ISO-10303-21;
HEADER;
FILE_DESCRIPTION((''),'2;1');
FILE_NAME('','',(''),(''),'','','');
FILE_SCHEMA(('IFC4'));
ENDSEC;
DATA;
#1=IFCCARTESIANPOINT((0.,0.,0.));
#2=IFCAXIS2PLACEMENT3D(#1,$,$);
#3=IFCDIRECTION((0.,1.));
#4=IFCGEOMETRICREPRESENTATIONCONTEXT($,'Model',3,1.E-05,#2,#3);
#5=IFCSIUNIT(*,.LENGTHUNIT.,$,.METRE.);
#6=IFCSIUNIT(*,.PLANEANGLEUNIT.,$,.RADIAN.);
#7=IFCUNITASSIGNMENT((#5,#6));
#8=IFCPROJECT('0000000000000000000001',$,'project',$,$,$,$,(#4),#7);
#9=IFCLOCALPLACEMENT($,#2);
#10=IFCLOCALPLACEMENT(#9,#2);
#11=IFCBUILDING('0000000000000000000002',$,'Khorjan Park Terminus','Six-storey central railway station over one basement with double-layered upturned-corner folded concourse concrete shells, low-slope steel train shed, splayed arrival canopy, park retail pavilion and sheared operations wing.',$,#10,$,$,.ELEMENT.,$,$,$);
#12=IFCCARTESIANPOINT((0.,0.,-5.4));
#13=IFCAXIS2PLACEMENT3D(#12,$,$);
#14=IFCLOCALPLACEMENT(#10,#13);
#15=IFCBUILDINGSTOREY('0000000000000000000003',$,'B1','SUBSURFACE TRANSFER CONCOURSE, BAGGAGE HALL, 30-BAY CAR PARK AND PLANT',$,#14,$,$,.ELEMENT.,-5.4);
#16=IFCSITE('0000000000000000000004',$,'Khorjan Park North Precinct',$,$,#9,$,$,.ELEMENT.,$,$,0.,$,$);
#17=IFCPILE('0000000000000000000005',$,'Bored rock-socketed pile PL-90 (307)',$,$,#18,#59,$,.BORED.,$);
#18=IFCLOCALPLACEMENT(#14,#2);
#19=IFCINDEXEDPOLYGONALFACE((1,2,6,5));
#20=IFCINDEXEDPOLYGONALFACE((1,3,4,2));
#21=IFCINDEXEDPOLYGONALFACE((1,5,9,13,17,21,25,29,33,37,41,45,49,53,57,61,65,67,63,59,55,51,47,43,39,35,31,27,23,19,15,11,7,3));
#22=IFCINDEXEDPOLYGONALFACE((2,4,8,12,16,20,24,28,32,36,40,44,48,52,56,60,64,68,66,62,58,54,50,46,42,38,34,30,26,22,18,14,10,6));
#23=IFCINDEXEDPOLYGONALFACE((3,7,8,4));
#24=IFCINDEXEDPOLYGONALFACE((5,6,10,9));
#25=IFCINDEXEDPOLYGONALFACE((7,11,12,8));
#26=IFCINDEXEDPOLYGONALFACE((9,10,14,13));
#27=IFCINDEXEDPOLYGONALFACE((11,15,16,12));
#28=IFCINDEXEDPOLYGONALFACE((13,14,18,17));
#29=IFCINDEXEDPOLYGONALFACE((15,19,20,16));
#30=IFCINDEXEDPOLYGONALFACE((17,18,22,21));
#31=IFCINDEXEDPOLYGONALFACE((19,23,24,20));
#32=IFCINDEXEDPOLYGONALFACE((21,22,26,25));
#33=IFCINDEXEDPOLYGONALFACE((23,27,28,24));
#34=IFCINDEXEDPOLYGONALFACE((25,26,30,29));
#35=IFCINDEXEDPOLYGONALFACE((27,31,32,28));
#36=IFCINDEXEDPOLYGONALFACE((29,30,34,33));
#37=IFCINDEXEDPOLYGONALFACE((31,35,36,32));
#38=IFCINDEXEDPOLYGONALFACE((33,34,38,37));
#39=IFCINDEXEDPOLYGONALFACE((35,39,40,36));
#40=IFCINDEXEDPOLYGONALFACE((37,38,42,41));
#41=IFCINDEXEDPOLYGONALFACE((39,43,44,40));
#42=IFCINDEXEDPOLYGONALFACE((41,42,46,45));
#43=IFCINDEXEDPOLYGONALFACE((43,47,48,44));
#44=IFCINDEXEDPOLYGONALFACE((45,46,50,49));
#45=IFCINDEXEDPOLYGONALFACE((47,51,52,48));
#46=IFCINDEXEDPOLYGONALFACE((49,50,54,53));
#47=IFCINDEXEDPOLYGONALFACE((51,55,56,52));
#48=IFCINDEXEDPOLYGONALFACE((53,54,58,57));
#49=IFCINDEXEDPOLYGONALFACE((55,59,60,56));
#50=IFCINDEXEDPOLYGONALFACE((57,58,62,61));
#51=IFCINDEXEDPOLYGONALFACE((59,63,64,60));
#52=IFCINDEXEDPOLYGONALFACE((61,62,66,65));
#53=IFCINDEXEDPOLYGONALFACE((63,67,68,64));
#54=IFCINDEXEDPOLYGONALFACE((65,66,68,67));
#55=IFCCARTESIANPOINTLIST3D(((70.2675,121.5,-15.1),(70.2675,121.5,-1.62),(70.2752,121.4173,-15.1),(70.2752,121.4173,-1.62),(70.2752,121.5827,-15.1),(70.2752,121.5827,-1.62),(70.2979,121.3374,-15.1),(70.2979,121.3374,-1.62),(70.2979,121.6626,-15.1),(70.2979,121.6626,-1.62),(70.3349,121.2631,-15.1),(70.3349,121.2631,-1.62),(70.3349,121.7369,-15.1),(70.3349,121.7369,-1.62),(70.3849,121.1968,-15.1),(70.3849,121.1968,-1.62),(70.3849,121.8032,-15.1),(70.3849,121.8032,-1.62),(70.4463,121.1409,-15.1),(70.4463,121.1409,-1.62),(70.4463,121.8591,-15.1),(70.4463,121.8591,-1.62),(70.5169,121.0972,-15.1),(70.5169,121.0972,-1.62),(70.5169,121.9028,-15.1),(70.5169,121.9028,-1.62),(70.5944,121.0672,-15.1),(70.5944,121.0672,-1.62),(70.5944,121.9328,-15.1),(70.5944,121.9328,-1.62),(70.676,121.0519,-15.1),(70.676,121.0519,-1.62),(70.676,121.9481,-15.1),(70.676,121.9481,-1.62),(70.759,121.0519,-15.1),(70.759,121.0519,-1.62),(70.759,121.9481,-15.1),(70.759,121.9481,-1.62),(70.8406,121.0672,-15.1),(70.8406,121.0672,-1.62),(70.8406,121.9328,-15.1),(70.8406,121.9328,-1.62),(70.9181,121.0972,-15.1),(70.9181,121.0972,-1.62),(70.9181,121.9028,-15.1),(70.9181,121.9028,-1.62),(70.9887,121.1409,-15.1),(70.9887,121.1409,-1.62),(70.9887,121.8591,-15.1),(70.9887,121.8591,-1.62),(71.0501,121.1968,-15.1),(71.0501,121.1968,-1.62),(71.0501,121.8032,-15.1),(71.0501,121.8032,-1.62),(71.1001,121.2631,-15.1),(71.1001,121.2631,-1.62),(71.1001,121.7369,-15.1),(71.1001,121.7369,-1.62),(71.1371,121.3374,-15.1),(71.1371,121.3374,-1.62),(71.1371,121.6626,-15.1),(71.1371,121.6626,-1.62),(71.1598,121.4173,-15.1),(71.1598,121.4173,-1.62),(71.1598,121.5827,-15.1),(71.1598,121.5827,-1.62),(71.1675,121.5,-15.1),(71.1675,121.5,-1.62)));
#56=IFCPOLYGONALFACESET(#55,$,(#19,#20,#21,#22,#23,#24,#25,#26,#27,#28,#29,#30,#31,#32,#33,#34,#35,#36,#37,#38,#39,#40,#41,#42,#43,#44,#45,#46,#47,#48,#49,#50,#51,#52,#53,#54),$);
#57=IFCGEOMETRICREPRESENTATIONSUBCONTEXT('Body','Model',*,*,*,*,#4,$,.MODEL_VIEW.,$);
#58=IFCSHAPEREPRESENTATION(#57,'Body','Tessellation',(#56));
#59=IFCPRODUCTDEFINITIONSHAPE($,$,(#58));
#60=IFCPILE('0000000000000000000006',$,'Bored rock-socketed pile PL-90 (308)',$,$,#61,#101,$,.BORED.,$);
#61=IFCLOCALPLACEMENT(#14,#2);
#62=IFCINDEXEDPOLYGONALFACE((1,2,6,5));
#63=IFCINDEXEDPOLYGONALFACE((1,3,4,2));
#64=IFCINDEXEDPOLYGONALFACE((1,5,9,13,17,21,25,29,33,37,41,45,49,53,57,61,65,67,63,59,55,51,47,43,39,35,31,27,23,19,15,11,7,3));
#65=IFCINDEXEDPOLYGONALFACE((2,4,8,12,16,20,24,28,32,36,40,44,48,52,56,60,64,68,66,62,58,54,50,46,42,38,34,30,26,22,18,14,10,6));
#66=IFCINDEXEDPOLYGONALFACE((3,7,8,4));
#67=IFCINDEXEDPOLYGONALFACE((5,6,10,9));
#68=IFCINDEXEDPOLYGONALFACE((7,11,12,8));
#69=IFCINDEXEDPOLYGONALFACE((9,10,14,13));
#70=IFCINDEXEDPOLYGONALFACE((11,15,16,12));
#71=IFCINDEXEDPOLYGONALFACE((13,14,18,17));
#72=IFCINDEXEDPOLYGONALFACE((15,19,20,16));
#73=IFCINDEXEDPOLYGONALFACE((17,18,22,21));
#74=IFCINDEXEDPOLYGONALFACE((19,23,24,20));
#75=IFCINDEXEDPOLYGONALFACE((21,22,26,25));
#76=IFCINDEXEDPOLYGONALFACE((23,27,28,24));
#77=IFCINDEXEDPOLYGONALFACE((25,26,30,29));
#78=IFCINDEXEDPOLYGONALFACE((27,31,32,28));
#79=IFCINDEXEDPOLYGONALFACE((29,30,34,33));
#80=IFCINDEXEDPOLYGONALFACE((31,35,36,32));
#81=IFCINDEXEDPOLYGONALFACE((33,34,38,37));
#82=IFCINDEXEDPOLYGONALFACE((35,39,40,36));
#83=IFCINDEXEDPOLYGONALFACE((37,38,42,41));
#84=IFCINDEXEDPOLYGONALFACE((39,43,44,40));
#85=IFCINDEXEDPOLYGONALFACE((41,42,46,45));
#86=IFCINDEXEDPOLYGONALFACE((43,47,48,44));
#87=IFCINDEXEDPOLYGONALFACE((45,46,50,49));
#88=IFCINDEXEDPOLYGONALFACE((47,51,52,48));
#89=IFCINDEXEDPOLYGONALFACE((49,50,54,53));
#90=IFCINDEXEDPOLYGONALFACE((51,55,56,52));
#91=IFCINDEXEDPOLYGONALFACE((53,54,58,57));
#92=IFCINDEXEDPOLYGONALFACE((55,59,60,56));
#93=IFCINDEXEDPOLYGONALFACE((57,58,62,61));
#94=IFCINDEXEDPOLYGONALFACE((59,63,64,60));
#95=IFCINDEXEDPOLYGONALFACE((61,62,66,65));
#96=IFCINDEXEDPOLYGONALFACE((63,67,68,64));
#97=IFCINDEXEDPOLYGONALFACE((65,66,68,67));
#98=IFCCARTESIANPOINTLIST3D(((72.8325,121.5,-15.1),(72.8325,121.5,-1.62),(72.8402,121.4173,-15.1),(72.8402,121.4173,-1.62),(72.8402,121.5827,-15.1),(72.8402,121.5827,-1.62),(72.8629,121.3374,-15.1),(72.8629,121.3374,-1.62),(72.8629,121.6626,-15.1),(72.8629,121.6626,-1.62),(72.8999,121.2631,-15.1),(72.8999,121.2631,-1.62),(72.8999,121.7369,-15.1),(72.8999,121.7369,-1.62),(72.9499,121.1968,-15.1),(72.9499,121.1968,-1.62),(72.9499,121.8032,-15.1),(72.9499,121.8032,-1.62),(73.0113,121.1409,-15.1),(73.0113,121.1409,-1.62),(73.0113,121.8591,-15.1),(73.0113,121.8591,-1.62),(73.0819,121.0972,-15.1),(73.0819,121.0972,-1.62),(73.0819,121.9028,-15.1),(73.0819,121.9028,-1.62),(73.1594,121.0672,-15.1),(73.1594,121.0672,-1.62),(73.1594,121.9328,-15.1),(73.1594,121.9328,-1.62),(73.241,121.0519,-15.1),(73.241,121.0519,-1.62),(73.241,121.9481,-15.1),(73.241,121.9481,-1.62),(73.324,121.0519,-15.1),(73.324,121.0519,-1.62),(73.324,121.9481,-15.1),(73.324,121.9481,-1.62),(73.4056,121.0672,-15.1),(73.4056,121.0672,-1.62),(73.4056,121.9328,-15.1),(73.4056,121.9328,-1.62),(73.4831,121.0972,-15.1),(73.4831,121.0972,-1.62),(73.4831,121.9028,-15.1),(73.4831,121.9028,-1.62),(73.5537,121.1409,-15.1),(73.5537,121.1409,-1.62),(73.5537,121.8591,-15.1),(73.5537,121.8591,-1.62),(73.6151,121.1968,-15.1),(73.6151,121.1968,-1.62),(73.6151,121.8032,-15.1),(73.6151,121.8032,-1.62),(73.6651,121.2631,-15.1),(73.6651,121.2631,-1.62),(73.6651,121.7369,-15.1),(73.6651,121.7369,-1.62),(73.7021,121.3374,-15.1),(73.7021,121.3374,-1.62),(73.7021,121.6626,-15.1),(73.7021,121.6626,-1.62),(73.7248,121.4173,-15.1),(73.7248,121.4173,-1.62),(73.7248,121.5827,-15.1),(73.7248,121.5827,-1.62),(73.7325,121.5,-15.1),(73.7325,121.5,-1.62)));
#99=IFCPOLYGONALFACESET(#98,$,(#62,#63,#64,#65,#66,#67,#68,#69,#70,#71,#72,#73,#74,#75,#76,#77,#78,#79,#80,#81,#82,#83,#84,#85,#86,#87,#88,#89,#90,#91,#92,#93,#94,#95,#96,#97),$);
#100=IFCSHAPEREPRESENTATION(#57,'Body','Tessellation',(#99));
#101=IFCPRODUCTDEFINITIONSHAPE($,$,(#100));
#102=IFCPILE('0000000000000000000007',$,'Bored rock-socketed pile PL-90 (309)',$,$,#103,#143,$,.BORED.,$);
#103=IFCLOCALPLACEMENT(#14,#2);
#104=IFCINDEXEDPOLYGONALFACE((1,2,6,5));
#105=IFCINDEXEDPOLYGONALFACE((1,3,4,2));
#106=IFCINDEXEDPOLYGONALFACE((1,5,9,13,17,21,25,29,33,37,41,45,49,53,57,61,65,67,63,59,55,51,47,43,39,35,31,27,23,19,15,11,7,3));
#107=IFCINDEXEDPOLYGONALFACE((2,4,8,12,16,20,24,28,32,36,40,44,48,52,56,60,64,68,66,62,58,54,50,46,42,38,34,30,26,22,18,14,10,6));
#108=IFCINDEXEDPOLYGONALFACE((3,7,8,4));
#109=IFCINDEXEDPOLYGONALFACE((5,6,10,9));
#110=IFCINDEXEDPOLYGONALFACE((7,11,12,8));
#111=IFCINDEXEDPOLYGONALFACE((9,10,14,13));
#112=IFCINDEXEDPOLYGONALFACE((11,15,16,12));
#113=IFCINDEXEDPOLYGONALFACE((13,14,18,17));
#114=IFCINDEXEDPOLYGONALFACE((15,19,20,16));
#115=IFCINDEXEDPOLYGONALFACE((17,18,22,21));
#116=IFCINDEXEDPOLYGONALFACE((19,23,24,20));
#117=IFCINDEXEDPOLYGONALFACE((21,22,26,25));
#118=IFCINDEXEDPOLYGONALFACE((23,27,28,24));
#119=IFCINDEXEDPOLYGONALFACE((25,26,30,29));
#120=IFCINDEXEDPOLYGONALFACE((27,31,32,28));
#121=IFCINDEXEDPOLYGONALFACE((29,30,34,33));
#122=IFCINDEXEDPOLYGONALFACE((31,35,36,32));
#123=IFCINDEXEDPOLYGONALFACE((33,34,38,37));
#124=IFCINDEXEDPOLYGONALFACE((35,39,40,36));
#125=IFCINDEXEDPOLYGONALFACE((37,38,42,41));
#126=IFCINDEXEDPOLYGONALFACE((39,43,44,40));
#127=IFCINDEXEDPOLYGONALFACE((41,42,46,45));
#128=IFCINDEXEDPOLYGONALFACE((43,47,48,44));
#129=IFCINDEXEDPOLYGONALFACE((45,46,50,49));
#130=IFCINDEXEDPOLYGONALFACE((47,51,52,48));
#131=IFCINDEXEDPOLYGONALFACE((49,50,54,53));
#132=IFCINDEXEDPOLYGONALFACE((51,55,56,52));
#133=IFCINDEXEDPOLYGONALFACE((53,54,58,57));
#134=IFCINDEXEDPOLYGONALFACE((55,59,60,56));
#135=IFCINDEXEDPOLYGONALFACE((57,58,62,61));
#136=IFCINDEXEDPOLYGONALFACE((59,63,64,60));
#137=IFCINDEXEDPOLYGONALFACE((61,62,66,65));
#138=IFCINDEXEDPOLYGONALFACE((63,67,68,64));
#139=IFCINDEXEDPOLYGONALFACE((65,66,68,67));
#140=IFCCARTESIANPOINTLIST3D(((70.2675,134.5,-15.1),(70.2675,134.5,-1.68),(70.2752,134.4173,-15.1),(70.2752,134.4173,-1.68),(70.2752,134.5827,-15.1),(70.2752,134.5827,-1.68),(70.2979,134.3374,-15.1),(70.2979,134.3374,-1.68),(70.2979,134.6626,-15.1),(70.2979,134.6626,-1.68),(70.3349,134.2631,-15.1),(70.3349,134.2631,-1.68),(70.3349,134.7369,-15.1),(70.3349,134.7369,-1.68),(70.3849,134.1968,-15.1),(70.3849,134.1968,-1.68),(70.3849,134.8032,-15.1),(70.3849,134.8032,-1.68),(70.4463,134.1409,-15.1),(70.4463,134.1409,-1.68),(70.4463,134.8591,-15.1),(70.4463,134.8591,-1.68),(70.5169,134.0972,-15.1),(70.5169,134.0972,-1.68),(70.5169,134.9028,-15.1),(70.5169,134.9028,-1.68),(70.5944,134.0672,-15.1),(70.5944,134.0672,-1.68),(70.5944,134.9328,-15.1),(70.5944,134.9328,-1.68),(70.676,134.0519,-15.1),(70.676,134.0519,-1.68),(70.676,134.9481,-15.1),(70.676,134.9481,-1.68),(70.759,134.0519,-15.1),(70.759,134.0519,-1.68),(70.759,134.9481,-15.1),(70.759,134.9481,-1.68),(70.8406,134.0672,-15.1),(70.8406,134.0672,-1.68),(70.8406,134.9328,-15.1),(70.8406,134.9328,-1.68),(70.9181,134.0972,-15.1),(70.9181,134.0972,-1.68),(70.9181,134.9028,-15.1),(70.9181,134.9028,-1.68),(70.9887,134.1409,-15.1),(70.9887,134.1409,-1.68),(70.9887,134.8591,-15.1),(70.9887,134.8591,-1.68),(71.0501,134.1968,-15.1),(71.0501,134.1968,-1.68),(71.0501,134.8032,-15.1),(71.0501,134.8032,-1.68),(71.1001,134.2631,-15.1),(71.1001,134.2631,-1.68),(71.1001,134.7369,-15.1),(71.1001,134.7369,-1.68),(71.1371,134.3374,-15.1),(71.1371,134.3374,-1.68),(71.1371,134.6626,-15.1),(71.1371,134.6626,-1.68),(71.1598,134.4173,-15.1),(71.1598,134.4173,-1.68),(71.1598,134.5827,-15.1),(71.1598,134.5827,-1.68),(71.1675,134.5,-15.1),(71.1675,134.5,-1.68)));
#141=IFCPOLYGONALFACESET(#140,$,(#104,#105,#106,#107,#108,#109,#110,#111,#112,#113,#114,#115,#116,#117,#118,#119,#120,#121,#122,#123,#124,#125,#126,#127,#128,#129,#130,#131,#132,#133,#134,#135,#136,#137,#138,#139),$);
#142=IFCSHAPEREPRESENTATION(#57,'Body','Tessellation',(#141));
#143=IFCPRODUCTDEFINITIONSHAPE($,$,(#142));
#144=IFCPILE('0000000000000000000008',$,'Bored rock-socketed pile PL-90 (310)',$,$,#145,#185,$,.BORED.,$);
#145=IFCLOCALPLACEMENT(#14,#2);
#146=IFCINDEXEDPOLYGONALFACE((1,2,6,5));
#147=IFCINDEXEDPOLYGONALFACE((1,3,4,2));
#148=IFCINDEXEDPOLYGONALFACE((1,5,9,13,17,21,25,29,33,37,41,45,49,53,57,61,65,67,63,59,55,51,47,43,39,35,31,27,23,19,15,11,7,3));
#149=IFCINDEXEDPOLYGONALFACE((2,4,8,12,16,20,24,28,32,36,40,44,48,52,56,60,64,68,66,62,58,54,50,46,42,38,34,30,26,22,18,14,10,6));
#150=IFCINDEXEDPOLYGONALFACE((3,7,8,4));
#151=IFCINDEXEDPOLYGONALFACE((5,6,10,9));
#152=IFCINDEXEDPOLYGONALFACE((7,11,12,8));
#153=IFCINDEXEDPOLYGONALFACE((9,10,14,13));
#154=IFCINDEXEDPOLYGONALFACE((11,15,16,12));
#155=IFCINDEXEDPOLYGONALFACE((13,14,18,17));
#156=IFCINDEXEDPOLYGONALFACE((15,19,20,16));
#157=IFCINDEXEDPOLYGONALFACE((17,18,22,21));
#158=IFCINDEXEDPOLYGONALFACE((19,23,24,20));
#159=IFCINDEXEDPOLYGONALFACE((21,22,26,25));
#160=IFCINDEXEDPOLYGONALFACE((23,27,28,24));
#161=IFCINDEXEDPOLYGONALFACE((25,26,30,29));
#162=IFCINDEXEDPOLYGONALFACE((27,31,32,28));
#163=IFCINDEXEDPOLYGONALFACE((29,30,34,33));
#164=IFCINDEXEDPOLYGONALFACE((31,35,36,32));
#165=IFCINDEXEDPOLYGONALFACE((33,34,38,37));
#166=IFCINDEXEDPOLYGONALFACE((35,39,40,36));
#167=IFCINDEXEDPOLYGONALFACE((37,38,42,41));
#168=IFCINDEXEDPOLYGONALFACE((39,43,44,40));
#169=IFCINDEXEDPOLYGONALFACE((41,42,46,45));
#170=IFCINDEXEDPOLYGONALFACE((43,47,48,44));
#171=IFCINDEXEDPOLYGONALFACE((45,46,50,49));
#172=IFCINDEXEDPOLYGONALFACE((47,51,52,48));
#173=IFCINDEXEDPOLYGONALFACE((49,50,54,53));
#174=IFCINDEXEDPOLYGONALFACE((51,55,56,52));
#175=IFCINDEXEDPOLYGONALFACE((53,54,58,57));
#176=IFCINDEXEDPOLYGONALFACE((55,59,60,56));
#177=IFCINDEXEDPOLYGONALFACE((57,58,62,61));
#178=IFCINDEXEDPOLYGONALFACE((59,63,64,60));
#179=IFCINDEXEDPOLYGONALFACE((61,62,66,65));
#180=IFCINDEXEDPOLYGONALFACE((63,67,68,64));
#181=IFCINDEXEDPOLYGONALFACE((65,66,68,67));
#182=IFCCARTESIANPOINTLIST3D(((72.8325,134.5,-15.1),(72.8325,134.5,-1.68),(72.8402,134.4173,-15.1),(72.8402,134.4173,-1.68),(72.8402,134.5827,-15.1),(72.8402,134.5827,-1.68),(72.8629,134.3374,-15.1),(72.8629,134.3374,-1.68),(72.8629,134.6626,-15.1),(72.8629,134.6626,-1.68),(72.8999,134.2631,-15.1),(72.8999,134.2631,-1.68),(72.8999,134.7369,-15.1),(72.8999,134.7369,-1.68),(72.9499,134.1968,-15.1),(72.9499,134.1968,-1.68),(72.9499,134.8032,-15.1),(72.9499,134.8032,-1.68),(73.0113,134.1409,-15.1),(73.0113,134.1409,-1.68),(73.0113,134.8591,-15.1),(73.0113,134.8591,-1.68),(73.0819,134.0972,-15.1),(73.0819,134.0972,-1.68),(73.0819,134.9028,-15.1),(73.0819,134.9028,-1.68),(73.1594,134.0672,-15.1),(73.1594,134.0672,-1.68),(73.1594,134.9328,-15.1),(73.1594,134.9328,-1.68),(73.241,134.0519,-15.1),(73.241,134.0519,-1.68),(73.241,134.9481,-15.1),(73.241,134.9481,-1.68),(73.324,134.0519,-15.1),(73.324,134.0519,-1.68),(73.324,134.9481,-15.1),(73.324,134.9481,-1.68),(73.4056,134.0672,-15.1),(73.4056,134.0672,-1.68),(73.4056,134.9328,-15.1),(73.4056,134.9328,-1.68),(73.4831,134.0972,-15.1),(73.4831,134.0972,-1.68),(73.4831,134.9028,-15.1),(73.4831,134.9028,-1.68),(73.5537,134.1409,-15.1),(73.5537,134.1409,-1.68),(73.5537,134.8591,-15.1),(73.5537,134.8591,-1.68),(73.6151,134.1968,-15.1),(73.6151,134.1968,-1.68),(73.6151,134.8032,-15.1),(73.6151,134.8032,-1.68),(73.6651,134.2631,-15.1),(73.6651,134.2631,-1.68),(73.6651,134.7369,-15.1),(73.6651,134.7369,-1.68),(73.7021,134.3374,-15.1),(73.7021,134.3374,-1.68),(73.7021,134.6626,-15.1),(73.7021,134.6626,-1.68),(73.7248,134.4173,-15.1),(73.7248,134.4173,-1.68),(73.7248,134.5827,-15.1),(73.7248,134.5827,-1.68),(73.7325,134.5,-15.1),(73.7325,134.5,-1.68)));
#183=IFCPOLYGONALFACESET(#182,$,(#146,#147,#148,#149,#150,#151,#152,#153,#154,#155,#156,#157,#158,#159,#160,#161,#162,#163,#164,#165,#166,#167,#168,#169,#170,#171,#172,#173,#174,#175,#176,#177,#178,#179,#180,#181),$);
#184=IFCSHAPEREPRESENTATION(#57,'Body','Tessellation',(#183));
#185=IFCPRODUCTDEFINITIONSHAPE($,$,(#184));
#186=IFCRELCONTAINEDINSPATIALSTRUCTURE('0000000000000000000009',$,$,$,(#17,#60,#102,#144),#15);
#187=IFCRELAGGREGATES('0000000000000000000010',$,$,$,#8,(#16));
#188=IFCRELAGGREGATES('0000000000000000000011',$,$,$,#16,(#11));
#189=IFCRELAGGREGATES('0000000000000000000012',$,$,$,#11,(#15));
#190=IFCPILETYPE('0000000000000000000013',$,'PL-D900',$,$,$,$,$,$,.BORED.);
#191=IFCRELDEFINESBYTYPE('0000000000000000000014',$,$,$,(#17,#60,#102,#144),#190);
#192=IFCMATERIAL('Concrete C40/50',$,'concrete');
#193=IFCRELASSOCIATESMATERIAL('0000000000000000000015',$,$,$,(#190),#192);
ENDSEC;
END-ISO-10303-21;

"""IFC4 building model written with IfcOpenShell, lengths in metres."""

from ifc_helpers import new_model, si_unit, direction, frame, origin, origin_2d, place, context, subcontext, project, spatial, circle, extrude, material, material_profile, profile_set, type_object, element, save


model = new_model("IFC4")

# Units and contexts
model_context = context("Model", 3, precision=1e-05, world=origin(), true_north=direction((0.0, 1.0)))
body_context = subcontext(model_context, "Body", "Model", "MODEL_VIEW")
ifc_project = project(units=[si_unit("LENGTHUNIT", "METRE"), si_unit("PLANEANGLEUNIT", "RADIAN")], contexts=[model_context])

# Site, building, storey
site_placement = place(None, origin())
site = spatial("IfcSite", under=ifc_project, at=site_placement, Name="Khorjan Park North Precinct", CompositionType="ELEMENT", RefElevation=0.0)
building_placement = place(site_placement, origin())
building = spatial("IfcBuilding", under=site, at=building_placement, Name="Khorjan Park Terminus", Description="Six-storey central railway station over one basement with double-layered upturned-corner folded concourse concrete shells, low-slope steel train shed, splayed arrival canopy, park retail pavilion and sheared operations wing.", CompositionType="ELEMENT")
storey_placement = place(building_placement, frame((0.0, 0.0, -5.4)))
storey = spatial("IfcBuildingStorey", under=building, at=storey_placement, Name="B1", Description="SUBSURFACE TRANSFER CONCOURSE, BAGGAGE HALL, 30-BAY CAR PARK AND PLANT", CompositionType="ELEMENT", Elevation=-5.4)

# Shared definitions
ifc_material_1 = material(Name="Concrete C40/50", Category="concrete")

# Piles
ifc_material_profile_1 = material_profile(ifc_material_1, circle(Radius=0.45, at=origin_2d()), Name="BORED D900")
ifc_profile_set_1 = profile_set([ifc_material_profile_1], Name="Concrete C40/50")
pile_type_1 = type_object("IfcPileType", Name="PL-D900", PredefinedType="BORED", material=ifc_profile_set_1)
for number, where, z_axis, x_axis, name in (
    (1, (70.7175, 121.5, -1.62), (0.0, 0.0, -1.0), (1.0, 0.0, 0.0), "Bored rock-socketed pile PL-90 (307)"),
    (2, (73.2825, 121.5, -1.62), (0.0, 0.0, -1.0), (1.0, 0.0, 0.0), "Bored rock-socketed pile PL-90 (308)"),
):
    element("IfcPile", number, at=place(storey_placement, frame(where, z_axis=z_axis, x_axis=x_axis)), inside=storey, type_object=pile_type_1, Name=name, PredefinedType="BORED", context=body_context, shape_type="SweptSolid", body=[
        extrude(circle(Radius=0.45, at=origin_2d()), origin(), (0.0, 0.0, 1.0), 13.48),
    ])
for number, where, z_axis, x_axis, name in (
    (3, (70.7175, 134.5, -1.68), (0.0, 0.0, -1.0), (1.0, 0.0, 0.0), "Bored rock-socketed pile PL-90 (309)"),
    (4, (73.2825, 134.5, -1.68), (0.0, 0.0, -1.0), (1.0, 0.0, 0.0), "Bored rock-socketed pile PL-90 (310)"),
):
    element("IfcPile", number, at=place(storey_placement, frame(where, z_axis=z_axis, x_axis=x_axis)), inside=storey, type_object=pile_type_1, Name=name, PredefinedType="BORED", context=body_context, shape_type="SweptSolid", body=[
        extrude(circle(Radius=0.45, at=origin_2d()), origin(), (0.0, 0.0, 1.0), 13.42),
    ])

save(model, "model.ifc")
